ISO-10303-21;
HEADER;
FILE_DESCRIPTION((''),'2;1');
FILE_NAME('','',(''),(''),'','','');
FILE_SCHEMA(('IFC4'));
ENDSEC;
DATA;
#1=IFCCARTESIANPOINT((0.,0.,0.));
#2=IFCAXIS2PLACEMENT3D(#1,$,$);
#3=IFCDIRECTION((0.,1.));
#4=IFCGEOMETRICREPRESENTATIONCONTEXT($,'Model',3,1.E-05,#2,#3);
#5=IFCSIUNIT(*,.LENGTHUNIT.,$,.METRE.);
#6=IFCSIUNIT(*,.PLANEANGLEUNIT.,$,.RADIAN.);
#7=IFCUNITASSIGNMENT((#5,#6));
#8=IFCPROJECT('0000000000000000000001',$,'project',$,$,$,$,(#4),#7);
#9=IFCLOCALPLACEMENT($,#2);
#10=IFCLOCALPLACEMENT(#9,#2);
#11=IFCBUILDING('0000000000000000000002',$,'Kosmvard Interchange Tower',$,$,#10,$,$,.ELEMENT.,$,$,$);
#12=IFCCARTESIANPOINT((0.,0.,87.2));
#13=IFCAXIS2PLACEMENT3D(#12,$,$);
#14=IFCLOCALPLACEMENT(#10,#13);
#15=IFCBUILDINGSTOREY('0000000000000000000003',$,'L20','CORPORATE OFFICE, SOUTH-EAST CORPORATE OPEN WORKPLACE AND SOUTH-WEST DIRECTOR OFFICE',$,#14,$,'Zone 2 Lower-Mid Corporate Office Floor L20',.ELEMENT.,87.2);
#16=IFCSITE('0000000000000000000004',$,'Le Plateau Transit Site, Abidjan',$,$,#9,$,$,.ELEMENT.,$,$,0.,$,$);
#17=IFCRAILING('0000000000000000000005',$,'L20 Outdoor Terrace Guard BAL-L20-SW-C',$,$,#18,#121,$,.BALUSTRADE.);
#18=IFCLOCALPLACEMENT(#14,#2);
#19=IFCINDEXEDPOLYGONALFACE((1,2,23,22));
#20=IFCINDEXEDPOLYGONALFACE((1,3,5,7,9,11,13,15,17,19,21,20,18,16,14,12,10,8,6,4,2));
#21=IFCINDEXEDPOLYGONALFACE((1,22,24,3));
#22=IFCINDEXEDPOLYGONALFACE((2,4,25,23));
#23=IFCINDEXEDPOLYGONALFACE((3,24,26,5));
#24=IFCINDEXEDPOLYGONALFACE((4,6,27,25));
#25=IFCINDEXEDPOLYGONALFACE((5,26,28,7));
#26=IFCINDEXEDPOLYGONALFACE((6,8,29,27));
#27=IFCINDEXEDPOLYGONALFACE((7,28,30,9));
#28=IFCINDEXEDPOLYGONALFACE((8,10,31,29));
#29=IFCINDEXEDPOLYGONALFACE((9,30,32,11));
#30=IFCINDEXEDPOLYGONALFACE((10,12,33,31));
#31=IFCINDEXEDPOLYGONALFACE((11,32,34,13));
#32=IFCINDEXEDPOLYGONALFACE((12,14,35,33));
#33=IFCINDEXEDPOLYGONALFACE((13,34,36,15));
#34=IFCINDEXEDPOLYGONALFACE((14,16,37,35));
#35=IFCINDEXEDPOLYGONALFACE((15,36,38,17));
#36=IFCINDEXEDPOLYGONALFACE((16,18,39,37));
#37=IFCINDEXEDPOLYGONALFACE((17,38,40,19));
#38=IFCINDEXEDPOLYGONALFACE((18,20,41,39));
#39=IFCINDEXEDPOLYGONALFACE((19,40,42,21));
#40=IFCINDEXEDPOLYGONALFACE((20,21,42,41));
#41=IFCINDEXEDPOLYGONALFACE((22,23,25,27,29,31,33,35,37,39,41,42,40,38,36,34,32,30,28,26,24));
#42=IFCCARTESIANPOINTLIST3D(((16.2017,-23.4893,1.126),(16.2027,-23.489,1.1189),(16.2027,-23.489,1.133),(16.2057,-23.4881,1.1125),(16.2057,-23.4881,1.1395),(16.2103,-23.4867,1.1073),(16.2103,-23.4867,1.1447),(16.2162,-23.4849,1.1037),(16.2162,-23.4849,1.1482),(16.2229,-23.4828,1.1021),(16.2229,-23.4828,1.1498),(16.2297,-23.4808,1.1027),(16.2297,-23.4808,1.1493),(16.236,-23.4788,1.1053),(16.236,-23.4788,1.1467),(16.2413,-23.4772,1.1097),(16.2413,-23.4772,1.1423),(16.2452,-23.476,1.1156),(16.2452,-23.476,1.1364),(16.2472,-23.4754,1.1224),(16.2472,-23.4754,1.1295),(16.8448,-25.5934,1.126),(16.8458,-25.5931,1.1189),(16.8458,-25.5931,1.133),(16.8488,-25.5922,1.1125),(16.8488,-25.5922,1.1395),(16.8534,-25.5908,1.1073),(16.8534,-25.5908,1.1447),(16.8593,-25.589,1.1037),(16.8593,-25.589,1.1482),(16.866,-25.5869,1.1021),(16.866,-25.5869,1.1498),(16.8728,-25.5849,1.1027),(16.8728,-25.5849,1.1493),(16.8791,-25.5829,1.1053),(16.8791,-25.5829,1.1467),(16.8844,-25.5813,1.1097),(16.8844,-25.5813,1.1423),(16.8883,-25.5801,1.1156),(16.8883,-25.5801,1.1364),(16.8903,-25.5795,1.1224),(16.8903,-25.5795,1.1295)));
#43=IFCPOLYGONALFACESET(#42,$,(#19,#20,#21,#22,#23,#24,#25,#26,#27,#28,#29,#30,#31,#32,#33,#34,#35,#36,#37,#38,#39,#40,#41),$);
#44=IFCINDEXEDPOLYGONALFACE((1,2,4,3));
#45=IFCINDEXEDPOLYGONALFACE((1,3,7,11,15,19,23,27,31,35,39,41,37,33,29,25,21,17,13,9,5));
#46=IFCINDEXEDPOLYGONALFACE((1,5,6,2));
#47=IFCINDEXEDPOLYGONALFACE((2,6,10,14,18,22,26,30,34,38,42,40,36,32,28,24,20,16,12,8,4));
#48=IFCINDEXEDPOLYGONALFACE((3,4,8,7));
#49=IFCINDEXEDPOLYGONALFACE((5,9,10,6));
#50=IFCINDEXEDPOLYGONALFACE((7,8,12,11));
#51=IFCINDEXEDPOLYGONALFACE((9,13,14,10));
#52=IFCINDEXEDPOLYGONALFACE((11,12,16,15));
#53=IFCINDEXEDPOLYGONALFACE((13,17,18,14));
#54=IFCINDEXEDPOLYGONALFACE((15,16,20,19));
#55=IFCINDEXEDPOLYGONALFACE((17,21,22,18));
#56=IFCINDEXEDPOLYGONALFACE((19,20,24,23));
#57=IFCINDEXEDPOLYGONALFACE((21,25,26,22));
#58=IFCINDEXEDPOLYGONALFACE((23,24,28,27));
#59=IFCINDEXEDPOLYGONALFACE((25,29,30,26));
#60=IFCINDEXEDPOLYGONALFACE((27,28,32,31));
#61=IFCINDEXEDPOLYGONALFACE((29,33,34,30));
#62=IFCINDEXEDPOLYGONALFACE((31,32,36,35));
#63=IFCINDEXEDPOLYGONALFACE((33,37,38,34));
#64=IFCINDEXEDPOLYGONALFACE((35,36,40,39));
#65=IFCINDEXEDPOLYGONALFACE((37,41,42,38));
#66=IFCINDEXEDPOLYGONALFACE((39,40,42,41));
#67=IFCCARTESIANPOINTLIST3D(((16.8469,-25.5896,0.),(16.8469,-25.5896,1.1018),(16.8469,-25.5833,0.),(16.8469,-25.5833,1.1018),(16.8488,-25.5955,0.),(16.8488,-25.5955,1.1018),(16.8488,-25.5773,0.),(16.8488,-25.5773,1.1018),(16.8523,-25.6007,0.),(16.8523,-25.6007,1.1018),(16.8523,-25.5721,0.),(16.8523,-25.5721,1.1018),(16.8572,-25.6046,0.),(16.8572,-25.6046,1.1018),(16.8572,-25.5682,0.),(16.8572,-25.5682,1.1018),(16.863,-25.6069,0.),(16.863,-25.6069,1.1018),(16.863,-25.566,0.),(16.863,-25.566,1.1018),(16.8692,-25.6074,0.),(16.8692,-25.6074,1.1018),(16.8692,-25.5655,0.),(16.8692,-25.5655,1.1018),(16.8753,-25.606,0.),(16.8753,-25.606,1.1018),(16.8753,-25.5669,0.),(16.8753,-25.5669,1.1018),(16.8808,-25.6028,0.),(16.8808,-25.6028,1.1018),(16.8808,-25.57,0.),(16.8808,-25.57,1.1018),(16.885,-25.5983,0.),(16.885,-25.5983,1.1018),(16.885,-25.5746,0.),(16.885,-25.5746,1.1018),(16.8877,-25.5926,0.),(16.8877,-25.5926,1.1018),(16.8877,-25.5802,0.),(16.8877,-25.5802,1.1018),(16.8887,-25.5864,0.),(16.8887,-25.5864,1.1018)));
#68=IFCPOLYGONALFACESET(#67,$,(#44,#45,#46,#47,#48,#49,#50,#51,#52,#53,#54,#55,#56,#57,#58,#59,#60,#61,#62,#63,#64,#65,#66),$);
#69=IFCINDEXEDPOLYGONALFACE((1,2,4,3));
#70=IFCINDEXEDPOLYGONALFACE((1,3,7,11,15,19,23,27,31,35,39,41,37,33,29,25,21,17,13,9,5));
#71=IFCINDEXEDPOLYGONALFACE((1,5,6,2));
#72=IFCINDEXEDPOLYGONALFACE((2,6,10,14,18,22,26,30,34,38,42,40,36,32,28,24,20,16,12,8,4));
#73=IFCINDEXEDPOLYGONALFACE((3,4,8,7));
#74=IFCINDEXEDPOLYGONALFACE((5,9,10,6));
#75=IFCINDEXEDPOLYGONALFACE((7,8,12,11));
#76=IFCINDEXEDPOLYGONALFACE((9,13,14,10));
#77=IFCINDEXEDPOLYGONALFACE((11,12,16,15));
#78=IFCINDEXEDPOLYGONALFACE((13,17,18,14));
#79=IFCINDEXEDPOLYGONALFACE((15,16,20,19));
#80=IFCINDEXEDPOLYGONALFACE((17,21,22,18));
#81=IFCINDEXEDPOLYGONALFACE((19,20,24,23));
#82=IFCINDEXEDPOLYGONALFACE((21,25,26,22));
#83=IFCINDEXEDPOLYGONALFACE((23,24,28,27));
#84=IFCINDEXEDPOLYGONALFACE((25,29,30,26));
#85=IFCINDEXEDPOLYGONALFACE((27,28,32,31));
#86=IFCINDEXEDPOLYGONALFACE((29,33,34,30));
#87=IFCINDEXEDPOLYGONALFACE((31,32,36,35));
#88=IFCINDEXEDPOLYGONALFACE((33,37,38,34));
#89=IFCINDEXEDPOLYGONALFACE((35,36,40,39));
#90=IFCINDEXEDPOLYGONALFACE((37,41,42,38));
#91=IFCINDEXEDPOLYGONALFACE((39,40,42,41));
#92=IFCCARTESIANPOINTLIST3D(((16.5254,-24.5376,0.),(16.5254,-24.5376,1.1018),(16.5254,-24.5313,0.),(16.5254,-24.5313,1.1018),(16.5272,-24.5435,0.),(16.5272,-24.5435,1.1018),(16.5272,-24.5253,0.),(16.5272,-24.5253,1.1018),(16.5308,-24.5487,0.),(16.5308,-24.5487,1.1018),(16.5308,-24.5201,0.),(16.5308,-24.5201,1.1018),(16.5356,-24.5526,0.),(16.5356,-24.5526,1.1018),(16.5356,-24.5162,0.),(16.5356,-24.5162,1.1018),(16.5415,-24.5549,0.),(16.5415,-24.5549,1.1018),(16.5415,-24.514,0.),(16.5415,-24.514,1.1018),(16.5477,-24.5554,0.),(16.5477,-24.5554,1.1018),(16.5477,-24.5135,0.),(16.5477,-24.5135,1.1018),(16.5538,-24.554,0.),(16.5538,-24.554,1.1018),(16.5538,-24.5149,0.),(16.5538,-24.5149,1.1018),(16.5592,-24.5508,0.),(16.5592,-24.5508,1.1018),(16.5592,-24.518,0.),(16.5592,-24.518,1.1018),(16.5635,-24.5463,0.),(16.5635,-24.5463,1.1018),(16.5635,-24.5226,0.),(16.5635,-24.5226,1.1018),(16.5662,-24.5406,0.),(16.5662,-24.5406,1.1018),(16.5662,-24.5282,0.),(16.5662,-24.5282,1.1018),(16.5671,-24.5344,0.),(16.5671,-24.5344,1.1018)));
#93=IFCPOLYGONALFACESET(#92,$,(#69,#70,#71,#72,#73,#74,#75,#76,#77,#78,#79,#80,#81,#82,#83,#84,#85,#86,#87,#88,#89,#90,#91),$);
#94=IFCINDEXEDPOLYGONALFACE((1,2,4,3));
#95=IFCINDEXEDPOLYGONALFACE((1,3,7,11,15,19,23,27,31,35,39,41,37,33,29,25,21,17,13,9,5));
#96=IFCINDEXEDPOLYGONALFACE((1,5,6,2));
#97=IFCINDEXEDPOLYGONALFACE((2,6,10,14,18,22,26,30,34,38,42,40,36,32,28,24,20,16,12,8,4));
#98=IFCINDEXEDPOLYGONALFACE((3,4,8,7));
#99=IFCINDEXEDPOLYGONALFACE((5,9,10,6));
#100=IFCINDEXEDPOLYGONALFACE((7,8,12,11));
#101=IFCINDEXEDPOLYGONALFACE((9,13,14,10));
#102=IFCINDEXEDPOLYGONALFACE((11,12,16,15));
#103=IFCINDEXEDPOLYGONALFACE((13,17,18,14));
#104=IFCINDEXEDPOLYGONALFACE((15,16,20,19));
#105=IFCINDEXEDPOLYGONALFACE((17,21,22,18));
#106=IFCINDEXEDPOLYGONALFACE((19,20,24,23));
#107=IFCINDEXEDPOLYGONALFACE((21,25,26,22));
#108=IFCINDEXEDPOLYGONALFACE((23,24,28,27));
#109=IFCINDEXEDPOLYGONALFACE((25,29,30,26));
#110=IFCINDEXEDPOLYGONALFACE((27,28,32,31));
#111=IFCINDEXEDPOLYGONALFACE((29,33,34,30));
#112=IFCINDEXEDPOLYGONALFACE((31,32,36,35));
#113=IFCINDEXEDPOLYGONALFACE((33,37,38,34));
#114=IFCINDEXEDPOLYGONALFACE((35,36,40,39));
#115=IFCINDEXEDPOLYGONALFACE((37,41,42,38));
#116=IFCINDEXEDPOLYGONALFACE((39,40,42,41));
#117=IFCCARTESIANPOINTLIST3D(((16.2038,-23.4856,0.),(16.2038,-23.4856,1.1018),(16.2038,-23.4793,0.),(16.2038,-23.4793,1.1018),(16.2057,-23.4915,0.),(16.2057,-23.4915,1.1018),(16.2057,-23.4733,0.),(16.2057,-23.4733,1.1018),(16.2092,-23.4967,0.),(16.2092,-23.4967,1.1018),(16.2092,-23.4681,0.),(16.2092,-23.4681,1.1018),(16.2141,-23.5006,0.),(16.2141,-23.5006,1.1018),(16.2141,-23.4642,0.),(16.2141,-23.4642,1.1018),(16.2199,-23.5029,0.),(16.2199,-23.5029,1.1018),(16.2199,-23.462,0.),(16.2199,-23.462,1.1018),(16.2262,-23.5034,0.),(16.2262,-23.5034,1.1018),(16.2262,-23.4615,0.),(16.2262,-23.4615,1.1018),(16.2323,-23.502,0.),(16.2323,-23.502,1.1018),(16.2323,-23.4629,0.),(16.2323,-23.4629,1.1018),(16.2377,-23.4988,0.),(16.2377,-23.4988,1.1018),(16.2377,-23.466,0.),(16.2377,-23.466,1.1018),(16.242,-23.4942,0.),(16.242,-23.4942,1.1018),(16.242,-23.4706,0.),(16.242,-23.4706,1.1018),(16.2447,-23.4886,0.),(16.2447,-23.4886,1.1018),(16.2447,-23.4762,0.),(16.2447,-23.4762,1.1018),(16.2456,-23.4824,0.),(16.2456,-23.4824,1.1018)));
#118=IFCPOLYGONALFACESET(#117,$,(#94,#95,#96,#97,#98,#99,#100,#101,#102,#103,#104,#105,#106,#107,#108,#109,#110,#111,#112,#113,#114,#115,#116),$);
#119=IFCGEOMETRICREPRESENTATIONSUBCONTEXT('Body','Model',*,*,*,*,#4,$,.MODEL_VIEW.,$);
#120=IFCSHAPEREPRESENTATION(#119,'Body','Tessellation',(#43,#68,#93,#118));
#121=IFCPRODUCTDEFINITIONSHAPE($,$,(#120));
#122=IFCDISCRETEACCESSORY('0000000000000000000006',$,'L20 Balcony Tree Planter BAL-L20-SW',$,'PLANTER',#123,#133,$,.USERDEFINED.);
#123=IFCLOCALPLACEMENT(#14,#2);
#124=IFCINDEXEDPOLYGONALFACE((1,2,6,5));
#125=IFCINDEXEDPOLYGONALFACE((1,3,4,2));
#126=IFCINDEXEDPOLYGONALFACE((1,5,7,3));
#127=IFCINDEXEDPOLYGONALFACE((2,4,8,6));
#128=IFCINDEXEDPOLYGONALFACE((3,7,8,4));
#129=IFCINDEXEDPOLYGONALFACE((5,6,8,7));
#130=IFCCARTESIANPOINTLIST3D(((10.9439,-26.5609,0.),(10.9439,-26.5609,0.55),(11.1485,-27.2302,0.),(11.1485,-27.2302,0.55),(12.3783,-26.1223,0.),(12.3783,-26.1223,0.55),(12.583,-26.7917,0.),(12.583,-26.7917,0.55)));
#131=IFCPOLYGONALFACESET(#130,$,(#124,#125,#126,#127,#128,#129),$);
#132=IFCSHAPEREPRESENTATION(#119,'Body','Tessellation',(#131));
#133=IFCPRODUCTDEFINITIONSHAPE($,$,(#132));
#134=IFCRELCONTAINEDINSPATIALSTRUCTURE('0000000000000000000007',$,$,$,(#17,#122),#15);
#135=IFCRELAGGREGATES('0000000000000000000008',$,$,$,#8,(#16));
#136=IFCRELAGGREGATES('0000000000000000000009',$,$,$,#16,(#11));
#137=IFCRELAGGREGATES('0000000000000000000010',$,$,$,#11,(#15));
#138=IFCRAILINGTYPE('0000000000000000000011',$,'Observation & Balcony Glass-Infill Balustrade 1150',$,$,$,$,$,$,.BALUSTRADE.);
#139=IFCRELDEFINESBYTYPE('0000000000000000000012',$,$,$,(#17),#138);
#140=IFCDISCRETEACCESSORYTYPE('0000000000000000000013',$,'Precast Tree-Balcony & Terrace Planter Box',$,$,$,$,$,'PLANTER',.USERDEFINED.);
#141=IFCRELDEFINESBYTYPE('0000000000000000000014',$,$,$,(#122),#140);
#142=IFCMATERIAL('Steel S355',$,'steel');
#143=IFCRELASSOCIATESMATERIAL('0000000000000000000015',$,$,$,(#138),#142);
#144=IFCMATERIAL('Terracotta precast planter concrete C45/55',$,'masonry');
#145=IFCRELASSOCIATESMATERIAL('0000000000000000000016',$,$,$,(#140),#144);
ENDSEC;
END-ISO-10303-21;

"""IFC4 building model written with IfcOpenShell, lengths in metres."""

from ifc_helpers import new_model, si_unit, direction, frame, origin, origin_2d, place, context, subcontext, project, spatial, rectangle, circle, extrude, source, transform, mapped, material, type_object, element, save


model = new_model("IFC4")

# Units and contexts
model_context = context("Model", 3, precision=1e-05, world=origin(), true_north=direction((0.0, 1.0)))
body_context = subcontext(model_context, "Body", "Model", "MODEL_VIEW")
ifc_project = project(units=[si_unit("LENGTHUNIT", "METRE"), si_unit("PLANEANGLEUNIT", "RADIAN")], contexts=[model_context])

# Site, building, storey
site_placement = place(None, origin())
site = spatial("IfcSite", under=ifc_project, at=site_placement, Name="Le Plateau Transit Site, Abidjan", CompositionType="ELEMENT", RefElevation=0.0)
building_placement = place(site_placement, origin())
building = spatial("IfcBuilding", under=site, at=building_placement, Name="Kosmvard Interchange Tower", CompositionType="ELEMENT")
storey_placement = place(building_placement, frame((0.0, 0.0, 87.2)))
storey = spatial("IfcBuildingStorey", under=building, at=storey_placement, Name="L20", Description="CORPORATE OFFICE, SOUTH-EAST CORPORATE OPEN WORKPLACE AND SOUTH-WEST DIRECTOR OFFICE", LongName="Zone 2 Lower-Mid Corporate Office Floor L20", CompositionType="ELEMENT", Elevation=87.2)

# Shared definitions
ifc_material_1 = material(Name="Steel S355", Category="steel")

# Railing
railing_type = type_object("IfcRailingType", Name="Observation & Balcony Glass-Infill Balustrade 1150", PredefinedType="BALUSTRADE", material=ifc_material_1)
shared_shape_1 = source(origin(), body_context, "Body", "SweptSolid", [
    extrude(circle(Radius=0.0239, at=origin_2d()), frame((0.0, 0.0, 1.126), z_axis=(-0.292292, 0.956329, 0.0), x_axis=(-0.956329, -0.292292, 0.0)), (0.0, 0.0, 1.0), 2.2002),
    extrude(circle(Radius=0.021, at=origin_2d()), origin(), (0.0, 0.0, 1.0), 1.1018),
    extrude(circle(Radius=0.021, at=origin_2d()), frame((-0.3215, 1.052, 0.0)), (0.0, 0.0, 1.0), 1.1018),
    extrude(circle(Radius=0.021, at=origin_2d()), frame((-0.6431, 2.104, 0.0)), (0.0, 0.0, 1.0), 1.1018),
])
railing_placement = place(storey_placement, frame((16.8677, -25.5864, 0.0)))
element("IfcRailing", 1, at=railing_placement, inside=storey, type_object=railing_type, Name="L20 Outdoor Terrace Guard BAL-L20-SW-C", PredefinedType="BALUSTRADE", context=body_context, shape_type="MappedRepresentation", body=[
    mapped(shared_shape_1, transform((0.0, 0.0, 0.0), scale=1.0)),
])

# Discrete accessory
ifc_material_2 = material(Name="Terracotta precast planter concrete C45/55", Category="masonry")
discrete_accessory_type = type_object("IfcDiscreteAccessoryType", Name="Precast Tree-Balcony & Terrace Planter Box", ElementType="PLANTER", PredefinedType="USERDEFINED", material=ifc_material_2)
shared_shape_2 = source(origin(), body_context, "Body", "SweptSolid", [
    extrude(rectangle(XDim=1.5, YDim=0.7, at=origin_2d()), origin(), (0.0, 0.0, 1.0), 0.55),
])
discrete_accessory_placement = place(storey_placement, frame((11.7634, -26.6763, 0.0), z_axis=(0.0, 0.0, 1.0), x_axis=(0.956305, 0.292372, 0.0)))
element("IfcDiscreteAccessory", 2, at=discrete_accessory_placement, inside=storey, type_object=discrete_accessory_type, Name="L20 Balcony Tree Planter BAL-L20-SW", ObjectType="PLANTER", PredefinedType="USERDEFINED", context=body_context, shape_type="MappedRepresentation", body=[
    mapped(shared_shape_2, transform((0.0, 0.0, 0.0), scale=1.0)),
])

save(model, "model.ifc")
